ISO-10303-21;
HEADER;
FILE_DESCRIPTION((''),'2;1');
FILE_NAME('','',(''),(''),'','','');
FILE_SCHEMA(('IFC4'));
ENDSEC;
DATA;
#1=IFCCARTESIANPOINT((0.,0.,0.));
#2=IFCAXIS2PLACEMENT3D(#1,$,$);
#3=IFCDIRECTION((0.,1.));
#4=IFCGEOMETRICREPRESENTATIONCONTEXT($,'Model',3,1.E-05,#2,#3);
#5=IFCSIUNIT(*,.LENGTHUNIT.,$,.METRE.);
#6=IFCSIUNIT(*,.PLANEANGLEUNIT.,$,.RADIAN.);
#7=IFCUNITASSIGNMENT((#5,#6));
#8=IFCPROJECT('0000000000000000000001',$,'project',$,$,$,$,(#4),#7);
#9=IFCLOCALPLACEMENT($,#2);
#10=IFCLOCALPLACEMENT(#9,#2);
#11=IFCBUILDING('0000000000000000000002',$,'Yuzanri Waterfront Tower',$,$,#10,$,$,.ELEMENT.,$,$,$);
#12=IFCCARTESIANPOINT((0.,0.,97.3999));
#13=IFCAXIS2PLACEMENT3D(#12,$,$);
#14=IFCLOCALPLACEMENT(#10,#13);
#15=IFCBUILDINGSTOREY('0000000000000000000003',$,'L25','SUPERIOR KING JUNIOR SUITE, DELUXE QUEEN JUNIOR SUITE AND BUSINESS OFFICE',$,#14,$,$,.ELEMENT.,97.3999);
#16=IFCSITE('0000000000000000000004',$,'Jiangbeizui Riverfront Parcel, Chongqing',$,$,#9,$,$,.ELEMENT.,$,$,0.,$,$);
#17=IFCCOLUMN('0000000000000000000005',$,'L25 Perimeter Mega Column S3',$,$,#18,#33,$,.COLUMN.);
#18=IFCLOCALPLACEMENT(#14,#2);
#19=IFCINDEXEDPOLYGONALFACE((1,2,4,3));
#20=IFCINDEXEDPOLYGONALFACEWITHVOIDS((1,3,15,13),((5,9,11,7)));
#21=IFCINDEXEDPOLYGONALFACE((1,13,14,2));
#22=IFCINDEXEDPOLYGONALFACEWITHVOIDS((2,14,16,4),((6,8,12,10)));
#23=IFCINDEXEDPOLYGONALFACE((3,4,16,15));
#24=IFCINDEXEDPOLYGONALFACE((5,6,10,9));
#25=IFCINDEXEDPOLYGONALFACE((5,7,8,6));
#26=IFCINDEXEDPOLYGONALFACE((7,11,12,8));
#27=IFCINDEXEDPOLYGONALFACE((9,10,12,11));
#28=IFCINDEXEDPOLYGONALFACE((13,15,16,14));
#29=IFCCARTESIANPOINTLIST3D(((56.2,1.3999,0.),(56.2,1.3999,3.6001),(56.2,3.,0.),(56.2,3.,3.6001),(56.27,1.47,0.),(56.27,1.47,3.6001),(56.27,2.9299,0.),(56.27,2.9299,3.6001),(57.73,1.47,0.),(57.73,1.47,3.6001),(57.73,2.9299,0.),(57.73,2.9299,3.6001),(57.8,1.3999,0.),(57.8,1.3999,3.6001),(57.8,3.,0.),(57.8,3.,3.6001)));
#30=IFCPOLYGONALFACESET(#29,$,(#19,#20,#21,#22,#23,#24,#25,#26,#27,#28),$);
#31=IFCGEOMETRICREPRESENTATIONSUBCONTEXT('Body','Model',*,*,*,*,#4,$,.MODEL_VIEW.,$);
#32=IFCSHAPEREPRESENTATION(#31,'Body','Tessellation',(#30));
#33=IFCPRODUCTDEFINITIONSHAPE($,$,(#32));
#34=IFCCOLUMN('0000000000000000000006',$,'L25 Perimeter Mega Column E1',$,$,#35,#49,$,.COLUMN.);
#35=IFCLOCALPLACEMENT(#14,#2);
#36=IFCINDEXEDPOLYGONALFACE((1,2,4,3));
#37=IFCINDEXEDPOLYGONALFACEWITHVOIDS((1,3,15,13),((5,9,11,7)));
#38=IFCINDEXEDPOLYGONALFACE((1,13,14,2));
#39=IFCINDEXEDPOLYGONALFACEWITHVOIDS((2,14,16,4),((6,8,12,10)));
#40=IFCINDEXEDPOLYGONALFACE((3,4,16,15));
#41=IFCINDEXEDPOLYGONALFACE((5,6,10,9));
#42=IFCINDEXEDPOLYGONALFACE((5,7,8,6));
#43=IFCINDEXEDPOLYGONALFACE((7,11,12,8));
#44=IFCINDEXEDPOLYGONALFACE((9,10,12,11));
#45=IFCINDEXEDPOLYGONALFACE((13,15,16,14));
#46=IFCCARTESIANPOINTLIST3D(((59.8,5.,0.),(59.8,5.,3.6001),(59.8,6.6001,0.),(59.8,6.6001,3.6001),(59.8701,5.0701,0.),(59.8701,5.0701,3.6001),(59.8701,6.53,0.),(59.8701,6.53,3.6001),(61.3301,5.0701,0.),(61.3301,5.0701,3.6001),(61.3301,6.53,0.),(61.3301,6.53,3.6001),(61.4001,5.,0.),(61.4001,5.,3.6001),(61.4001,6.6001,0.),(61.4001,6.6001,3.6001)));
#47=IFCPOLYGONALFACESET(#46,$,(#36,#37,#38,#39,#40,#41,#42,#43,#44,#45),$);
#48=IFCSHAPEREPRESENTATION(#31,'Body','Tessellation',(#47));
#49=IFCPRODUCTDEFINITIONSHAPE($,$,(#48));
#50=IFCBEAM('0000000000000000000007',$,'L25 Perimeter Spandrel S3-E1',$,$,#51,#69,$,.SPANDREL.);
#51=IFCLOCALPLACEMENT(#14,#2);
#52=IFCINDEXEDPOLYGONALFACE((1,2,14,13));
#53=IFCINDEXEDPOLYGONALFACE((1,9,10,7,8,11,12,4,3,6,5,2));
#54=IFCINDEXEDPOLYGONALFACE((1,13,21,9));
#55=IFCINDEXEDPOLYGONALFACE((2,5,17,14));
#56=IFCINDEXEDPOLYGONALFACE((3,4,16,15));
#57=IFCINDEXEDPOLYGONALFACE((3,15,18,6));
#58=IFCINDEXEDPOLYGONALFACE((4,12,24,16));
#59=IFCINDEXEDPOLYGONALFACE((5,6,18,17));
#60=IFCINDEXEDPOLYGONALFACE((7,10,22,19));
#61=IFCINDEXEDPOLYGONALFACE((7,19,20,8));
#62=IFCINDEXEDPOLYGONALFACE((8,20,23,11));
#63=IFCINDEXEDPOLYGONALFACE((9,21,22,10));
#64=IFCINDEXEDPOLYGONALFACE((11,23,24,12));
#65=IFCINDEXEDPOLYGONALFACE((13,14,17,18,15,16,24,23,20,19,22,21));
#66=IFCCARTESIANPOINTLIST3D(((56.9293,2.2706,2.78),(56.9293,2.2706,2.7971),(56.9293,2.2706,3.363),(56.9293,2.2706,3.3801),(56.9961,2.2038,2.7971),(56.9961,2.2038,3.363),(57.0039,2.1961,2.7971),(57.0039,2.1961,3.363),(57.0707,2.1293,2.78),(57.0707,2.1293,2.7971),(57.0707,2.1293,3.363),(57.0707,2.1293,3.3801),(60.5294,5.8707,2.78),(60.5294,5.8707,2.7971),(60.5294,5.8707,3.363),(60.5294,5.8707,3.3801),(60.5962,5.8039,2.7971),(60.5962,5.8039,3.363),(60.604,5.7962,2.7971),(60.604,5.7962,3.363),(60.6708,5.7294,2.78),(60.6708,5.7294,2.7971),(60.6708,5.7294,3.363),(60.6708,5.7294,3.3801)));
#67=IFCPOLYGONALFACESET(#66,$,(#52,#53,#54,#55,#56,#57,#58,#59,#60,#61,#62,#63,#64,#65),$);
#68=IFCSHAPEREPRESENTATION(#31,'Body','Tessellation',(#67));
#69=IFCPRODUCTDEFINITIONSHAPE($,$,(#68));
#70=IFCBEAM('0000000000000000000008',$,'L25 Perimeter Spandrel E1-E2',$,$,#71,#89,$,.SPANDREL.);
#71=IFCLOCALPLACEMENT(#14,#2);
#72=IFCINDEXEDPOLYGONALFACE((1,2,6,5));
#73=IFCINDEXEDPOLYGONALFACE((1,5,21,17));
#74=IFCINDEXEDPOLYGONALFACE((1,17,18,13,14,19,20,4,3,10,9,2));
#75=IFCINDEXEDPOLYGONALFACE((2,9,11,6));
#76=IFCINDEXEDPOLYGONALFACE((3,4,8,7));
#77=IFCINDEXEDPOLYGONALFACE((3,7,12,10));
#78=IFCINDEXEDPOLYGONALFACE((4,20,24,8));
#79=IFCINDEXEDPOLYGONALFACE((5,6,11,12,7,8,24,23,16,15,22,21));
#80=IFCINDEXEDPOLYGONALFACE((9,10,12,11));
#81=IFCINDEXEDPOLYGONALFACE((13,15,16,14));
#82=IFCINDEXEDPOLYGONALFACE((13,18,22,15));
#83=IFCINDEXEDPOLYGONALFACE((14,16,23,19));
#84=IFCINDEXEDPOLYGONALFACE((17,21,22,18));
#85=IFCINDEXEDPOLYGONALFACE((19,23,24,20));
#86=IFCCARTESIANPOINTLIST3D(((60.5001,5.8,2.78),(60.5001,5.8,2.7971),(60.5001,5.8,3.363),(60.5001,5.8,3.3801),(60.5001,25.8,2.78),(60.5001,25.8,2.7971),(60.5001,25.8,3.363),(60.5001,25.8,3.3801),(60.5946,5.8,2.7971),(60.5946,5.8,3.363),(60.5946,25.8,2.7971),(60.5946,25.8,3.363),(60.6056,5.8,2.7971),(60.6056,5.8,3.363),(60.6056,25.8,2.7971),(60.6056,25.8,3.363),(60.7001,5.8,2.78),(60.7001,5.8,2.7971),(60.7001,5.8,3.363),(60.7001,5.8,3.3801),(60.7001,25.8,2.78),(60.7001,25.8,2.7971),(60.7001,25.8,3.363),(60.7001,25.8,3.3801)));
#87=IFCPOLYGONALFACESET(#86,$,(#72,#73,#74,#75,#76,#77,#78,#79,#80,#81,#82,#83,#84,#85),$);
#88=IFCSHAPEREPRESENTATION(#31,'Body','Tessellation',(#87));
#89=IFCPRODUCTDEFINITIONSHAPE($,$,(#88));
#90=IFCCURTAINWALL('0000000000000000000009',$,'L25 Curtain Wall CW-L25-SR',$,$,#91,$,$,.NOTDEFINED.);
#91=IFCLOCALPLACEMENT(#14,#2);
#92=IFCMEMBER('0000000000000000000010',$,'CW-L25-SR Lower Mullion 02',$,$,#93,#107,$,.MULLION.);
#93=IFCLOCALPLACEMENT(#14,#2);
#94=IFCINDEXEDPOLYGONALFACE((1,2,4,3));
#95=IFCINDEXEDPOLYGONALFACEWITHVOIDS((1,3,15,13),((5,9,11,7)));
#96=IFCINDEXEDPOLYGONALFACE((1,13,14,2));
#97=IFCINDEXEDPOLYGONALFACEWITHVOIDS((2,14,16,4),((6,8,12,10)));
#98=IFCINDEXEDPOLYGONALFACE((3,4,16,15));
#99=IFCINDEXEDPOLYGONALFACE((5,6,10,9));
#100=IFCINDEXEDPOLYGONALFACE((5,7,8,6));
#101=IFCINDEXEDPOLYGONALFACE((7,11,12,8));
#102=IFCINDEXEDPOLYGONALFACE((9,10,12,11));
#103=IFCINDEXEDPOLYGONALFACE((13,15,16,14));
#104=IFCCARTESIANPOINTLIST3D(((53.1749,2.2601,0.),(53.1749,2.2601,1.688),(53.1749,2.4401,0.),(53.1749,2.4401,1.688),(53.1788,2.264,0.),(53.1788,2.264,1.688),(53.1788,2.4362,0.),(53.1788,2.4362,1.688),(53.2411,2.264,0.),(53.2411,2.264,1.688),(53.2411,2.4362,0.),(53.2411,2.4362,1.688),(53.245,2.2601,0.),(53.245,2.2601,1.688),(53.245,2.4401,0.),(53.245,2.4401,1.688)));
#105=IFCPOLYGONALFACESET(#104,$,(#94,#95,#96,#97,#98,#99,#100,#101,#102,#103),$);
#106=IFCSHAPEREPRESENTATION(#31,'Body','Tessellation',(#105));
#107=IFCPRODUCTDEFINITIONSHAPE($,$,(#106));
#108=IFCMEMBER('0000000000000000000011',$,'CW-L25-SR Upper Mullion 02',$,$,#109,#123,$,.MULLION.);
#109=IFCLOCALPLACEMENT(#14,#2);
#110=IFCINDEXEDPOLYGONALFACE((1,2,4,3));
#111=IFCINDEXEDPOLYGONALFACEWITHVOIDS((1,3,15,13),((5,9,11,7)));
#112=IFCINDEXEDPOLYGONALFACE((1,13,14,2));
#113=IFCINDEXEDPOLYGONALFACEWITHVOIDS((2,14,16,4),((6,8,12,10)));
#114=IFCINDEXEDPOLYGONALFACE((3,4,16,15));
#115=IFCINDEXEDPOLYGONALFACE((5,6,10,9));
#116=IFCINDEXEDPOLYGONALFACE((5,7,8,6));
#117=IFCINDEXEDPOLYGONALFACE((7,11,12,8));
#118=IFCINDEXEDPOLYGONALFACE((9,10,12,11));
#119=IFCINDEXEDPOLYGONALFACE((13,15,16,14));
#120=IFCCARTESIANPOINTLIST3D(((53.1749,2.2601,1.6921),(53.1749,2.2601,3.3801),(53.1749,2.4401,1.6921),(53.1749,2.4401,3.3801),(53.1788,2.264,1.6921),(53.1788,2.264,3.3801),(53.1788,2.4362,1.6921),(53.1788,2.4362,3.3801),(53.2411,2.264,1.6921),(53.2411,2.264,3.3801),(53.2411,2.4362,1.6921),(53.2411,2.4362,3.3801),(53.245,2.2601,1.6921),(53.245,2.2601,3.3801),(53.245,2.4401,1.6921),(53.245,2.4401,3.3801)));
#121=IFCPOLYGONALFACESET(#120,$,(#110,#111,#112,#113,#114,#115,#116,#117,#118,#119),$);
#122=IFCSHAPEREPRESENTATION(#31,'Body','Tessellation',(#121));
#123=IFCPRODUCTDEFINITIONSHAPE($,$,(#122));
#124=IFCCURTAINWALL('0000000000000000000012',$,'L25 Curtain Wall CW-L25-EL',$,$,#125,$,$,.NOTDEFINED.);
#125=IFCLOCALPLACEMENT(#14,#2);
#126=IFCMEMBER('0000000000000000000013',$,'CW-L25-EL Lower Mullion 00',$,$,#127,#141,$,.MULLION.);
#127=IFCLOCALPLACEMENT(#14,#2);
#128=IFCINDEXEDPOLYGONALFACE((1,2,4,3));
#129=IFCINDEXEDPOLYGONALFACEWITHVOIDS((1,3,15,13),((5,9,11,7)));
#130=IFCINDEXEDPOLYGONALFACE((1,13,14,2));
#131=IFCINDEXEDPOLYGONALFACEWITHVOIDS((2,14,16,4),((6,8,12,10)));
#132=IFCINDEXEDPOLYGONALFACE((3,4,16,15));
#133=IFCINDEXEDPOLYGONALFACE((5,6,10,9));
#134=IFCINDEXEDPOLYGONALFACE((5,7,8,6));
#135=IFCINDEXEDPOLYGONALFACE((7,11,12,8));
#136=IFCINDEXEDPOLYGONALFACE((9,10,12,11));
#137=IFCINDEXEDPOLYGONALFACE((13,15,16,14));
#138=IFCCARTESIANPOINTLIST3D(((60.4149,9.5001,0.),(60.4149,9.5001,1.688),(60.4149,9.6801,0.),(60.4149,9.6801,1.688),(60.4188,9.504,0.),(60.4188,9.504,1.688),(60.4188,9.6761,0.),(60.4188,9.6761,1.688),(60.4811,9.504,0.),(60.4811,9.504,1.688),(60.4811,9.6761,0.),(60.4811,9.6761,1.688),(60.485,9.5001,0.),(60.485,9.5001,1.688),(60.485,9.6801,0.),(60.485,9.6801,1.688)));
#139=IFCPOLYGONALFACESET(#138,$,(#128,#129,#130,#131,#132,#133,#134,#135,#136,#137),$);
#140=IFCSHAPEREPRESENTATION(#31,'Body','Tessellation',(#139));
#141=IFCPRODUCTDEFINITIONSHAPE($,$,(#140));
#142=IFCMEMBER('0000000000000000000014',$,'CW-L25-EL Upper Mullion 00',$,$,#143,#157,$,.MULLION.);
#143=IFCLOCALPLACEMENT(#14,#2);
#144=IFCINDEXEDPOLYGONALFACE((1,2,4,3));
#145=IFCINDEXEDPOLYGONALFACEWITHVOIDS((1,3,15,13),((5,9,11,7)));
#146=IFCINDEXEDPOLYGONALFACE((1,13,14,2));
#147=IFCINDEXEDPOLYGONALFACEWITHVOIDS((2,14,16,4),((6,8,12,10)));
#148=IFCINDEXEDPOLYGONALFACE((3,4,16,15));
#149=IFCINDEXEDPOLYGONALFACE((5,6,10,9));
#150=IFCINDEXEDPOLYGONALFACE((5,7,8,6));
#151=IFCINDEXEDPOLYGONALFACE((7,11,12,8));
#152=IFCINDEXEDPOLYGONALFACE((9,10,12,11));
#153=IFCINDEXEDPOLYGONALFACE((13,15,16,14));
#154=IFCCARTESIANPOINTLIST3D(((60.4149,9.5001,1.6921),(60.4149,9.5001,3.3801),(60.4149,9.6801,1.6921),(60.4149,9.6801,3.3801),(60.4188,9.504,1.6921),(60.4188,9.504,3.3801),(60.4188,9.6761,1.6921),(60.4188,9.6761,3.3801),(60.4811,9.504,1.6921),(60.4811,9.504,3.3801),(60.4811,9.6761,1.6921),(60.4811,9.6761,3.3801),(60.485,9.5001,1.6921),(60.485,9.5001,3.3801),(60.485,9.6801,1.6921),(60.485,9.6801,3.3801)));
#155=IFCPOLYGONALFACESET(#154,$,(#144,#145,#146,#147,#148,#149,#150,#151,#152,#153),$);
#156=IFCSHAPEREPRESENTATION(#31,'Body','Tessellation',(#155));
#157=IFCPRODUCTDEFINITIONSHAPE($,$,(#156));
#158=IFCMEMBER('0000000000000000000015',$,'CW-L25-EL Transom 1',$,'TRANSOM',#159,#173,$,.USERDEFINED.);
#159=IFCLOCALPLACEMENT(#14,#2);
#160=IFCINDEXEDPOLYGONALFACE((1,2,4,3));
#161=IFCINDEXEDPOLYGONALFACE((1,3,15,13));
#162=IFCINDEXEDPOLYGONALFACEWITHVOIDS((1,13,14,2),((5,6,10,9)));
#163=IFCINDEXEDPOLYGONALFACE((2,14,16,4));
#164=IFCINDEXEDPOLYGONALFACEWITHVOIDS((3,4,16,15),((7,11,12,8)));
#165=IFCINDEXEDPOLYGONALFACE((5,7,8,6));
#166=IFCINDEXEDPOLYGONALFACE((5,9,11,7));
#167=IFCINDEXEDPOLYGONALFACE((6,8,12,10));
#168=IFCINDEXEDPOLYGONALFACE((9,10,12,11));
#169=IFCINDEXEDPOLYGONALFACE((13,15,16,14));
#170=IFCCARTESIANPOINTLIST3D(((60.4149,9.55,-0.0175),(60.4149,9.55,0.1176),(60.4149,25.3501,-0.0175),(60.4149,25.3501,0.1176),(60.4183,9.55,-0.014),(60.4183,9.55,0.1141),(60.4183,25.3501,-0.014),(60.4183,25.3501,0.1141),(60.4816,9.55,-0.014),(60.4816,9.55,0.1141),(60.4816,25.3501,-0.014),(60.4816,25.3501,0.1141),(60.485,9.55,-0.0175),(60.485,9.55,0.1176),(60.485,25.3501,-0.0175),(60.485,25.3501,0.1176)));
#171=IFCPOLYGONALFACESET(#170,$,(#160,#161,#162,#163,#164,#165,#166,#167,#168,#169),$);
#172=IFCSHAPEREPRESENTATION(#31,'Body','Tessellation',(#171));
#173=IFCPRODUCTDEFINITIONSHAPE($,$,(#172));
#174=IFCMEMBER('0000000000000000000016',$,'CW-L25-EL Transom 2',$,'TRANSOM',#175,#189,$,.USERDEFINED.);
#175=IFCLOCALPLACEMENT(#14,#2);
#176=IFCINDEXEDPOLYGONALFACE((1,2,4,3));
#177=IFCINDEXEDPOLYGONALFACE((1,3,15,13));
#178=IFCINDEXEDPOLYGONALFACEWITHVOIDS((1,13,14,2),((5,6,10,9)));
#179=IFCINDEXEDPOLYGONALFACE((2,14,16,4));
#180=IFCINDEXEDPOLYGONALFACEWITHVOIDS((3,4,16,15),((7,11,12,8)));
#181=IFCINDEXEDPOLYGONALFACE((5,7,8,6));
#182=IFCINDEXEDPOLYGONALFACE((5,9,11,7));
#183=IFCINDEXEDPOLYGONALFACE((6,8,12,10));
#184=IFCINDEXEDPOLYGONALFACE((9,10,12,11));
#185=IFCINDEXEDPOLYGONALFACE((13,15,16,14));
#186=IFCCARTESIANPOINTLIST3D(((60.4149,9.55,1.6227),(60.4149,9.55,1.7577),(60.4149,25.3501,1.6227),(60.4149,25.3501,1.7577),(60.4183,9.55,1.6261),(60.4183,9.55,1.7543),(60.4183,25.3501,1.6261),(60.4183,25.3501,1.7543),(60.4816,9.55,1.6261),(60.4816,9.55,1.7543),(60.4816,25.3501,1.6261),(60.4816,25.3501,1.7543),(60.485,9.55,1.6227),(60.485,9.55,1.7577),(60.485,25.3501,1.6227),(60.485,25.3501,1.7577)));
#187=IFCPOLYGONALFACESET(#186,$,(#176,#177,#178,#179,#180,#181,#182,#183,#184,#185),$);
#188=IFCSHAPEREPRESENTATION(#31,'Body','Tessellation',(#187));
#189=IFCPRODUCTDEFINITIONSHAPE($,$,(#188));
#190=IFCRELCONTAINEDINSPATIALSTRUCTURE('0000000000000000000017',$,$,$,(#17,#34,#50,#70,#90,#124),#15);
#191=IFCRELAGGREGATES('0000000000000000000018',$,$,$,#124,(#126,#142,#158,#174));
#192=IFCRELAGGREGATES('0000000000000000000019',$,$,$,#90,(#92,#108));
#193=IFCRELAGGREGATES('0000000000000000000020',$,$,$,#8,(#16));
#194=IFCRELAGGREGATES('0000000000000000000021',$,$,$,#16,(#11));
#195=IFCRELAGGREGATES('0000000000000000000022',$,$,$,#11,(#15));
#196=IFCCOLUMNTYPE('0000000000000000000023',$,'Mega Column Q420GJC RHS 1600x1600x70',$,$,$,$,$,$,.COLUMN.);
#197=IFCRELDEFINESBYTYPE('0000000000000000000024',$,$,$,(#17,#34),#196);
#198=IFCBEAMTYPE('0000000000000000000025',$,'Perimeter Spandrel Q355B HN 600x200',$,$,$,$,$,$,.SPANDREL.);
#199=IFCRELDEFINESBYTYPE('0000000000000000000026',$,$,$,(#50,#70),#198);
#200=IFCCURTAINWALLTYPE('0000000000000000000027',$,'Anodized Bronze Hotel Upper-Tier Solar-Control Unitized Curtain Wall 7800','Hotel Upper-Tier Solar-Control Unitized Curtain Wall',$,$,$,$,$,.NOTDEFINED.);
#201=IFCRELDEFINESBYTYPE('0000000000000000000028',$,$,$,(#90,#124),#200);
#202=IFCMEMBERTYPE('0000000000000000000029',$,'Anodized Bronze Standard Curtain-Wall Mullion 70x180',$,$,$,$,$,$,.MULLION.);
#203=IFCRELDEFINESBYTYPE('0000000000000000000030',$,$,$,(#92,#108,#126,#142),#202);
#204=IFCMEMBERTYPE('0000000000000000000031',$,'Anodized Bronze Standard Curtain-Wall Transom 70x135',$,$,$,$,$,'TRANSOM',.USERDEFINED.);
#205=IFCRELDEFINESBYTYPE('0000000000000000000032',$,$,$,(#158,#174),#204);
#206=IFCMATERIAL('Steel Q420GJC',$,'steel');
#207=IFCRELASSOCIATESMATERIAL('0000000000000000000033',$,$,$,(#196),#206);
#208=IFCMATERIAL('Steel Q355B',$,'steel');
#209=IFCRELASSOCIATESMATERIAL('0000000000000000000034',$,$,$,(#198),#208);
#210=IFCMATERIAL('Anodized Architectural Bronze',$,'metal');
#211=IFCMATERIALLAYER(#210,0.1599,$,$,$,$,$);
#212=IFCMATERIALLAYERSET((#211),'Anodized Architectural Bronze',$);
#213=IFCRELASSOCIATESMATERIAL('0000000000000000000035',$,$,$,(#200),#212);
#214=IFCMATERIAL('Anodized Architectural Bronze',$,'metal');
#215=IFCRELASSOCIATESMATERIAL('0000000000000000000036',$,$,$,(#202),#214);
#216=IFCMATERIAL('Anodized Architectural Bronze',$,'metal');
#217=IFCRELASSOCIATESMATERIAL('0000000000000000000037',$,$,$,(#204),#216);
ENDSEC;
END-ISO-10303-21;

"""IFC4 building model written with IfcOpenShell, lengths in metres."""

from ifc_helpers import new_model, si_unit, direction, frame, origin, origin_2d, place, context, subcontext, project, spatial, hollow_rectangle, i_section, extrude, source, transform, mapped, material, layer, layer_set, material_profile, profile_set, type_object, element, aggregate, save


model = new_model("IFC4")

# Units and contexts
model_context = context("Model", 3, precision=1e-05, world=origin(), true_north=direction((0.0, 1.0)))
body_context = subcontext(model_context, "Body", "Model", "MODEL_VIEW")
ifc_project = project(units=[si_unit("LENGTHUNIT", "METRE"), si_unit("PLANEANGLEUNIT", "RADIAN")], contexts=[model_context])

# Site, building, storey
site_placement = place(None, origin())
site = spatial("IfcSite", under=ifc_project, at=site_placement, Name="Jiangbeizui Riverfront Parcel, Chongqing", CompositionType="ELEMENT", RefElevation=0.0)
building_placement = place(site_placement, origin())
building = spatial("IfcBuilding", under=site, at=building_placement, Name="Yuzanri Waterfront Tower", CompositionType="ELEMENT")
storey_placement = place(building_placement, frame((0.0, 0.0, 97.3999)))
storey = spatial("IfcBuildingStorey", under=building, at=storey_placement, Name="L25", Description="SUPERIOR KING JUNIOR SUITE, DELUXE QUEEN JUNIOR SUITE AND BUSINESS OFFICE", CompositionType="ELEMENT", Elevation=97.3999)

# Columns
ifc_material_1 = material(Name="Steel Q420GJC", Category="steel")
ifc_material_profile_1 = material_profile(ifc_material_1, hollow_rectangle(XDim=1.6001, YDim=1.6001, WallThickness=0.0701, at=origin_2d()), Name="RHS 1600x1600x70")
ifc_profile_set_1 = profile_set([ifc_material_profile_1], Name="Steel Q420GJC")
column_type = type_object("IfcColumnType", Name="Mega Column Q420GJC RHS 1600x1600x70", PredefinedType="COLUMN", material=ifc_profile_set_1)
shared_shape_1 = source(origin(), body_context, "Body", "SweptSolid", [
    extrude(hollow_rectangle(XDim=1.6001, YDim=1.6001, WallThickness=0.0701, at=origin_2d()), origin(), (0.0, 0.0, 1.0), 3.6001),
])
for number, where, z_axis, x_axis, name in (
    (1, (57.0, 2.2, 0.0), (0.0, 0.0, 1.0), (1.0, 0.0, 0.0), "L25 Perimeter Mega Column S3"),
    (2, (60.6001, 5.8, 0.0), (0.0, 0.0, 1.0), (1.0, 0.0, 0.0), "L25 Perimeter Mega Column E1"),
):
    element("IfcColumn", number, at=place(storey_placement, frame(where, z_axis=z_axis, x_axis=x_axis)), inside=storey, type_object=column_type, Name=name, PredefinedType="COLUMN", context=body_context, shape_type="MappedRepresentation", body=[
        mapped(shared_shape_1, transform((0.0, 0.0, 0.0), scale=1.0)),
    ])

# Beams
ifc_material_2 = material(Name="Steel Q355B", Category="steel")
ifc_material_profile_2 = material_profile(ifc_material_2, i_section(OverallWidth=0.2, OverallDepth=0.6001, WebThickness=0.011, FlangeThickness=0.0171, at=origin_2d()), Name="HN 600x200x11x17")
ifc_profile_set_2 = profile_set([ifc_material_profile_2], Name="Steel Q355B")
beam_type = type_object("IfcBeamType", Name="Perimeter Spandrel Q355B HN 600x200", PredefinedType="SPANDREL", material=ifc_profile_set_2)
shared_shape_2 = source(origin(), body_context, "Body", "SweptSolid", [
    extrude(i_section(OverallWidth=0.2, OverallDepth=0.6001, WebThickness=0.011, FlangeThickness=0.0171, at=origin_2d()), origin(), (0.0, 0.0, 1.0), 5.0913),
])
beam_1_placement = place(storey_placement, frame((57.0, 2.2, 3.0801), z_axis=(0.707107, 0.707107, 0.0), x_axis=(-0.707107, 0.707107, 0.0)))
element("IfcBeam", 3, at=beam_1_placement, inside=storey, type_object=beam_type, Name="L25 Perimeter Spandrel S3-E1", PredefinedType="SPANDREL", context=body_context, shape_type="MappedRepresentation", body=[
    mapped(shared_shape_2, transform((0.0, 0.0, 0.0), scale=1.0)),
])
shared_shape_3 = source(origin(), body_context, "Body", "SweptSolid", [
    extrude(i_section(OverallWidth=0.2, OverallDepth=0.6001, WebThickness=0.011, FlangeThickness=0.0171, at=origin_2d()), origin(), (0.0, 0.0, 1.0), 20.0),
])
beam_2_placement = place(storey_placement, frame((60.6001, 5.8, 3.0801), z_axis=(0.0, 1.0, 0.0), x_axis=(-1.0, 0.0, 0.0)))
element("IfcBeam", 4, at=beam_2_placement, inside=storey, type_object=beam_type, Name="L25 Perimeter Spandrel E1-E2", PredefinedType="SPANDREL", context=body_context, shape_type="MappedRepresentation", body=[
    mapped(shared_shape_3, transform((0.0, 0.0, 0.0), scale=1.0)),
])

# Curtain walls, members
ifc_material_3 = material(Name="Anodized Architectural Bronze", Category="metal")
ifc_layer_1 = layer(ifc_material_3, 0.1599)
ifc_layer_set_1 = layer_set([ifc_layer_1], Name="Anodized Architectural Bronze")
curtain_wall_type = type_object("IfcCurtainWallType", Name="Anodized Bronze Hotel Upper-Tier Solar-Control Unitized Curtain Wall 7800", Description="Hotel Upper-Tier Solar-Control Unitized Curtain Wall", PredefinedType="NOTDEFINED", material=ifc_layer_set_1)
curtain_wall_1_placement = place(storey_placement, origin())
curtain_wall_1 = element("IfcCurtainWall", 5, at=curtain_wall_1_placement, inside=storey, type_object=curtain_wall_type, Name="L25 Curtain Wall CW-L25-SR", PredefinedType="NOTDEFINED")
ifc_material_4 = material(Name="Anodized Architectural Bronze", Category="metal")
ifc_material_profile_3 = material_profile(ifc_material_4, hollow_rectangle(XDim=0.0701, YDim=0.1799, WallThickness=0.0039, at=origin_2d()), Name="CWM 70x180")
ifc_profile_set_3 = profile_set([ifc_material_profile_3], Name="Anodized Architectural Bronze")
member_type_1 = type_object("IfcMemberType", Name="Anodized Bronze Standard Curtain-Wall Mullion 70x180", PredefinedType="MULLION", material=ifc_profile_set_3)
shared_shape_4 = source(origin(), body_context, "Body", "SweptSolid", [
    extrude(hollow_rectangle(XDim=0.0701, YDim=0.1799, WallThickness=0.0039, at=origin_2d()), origin(), (0.0, 0.0, 1.0), 1.688),
])
member_1_placement = place(storey_placement, frame((53.21, 2.3501, 0.0), z_axis=(0.0, 0.0, 1.0), x_axis=(1.0, 0.0, 0.0)))
member_1 = element("IfcMember", 6, at=member_1_placement, type_object=member_type_1, Name="CW-L25-SR Lower Mullion 02", PredefinedType="MULLION", context=body_context, shape_type="MappedRepresentation", body=[
    mapped(shared_shape_4, transform((0.0, 0.0, 0.0), scale=1.0)),
])
member_2_placement = place(storey_placement, frame((53.21, 2.3501, 1.6921), z_axis=(0.0, 0.0, 1.0), x_axis=(1.0, 0.0, 0.0)))
member_2 = element("IfcMember", 7, at=member_2_placement, type_object=member_type_1, Name="CW-L25-SR Upper Mullion 02", PredefinedType="MULLION", context=body_context, shape_type="MappedRepresentation", body=[
    mapped(shared_shape_4, transform((0.0, 0.0, 0.0), scale=1.0)),
])
curtain_wall_2_placement = place(storey_placement, origin())
curtain_wall_2 = element("IfcCurtainWall", 8, at=curtain_wall_2_placement, inside=storey, type_object=curtain_wall_type, Name="L25 Curtain Wall CW-L25-EL", PredefinedType="NOTDEFINED")
member_3_placement = place(storey_placement, frame((60.45, 9.5901, 0.0), z_axis=(0.0, 0.0, 1.0), x_axis=(1.0, 0.0, 0.0)))
member_3 = element("IfcMember", 9, at=member_3_placement, type_object=member_type_1, Name="CW-L25-EL Lower Mullion 00", PredefinedType="MULLION", context=body_context, shape_type="MappedRepresentation", body=[
    mapped(shared_shape_4, transform((0.0, 0.0, 0.0), scale=1.0)),
])
member_4_placement = place(storey_placement, frame((60.45, 9.5901, 1.6921), z_axis=(0.0, 0.0, 1.0), x_axis=(1.0, 0.0, 0.0)))
member_4 = element("IfcMember", 10, at=member_4_placement, type_object=member_type_1, Name="CW-L25-EL Upper Mullion 00", PredefinedType="MULLION", context=body_context, shape_type="MappedRepresentation", body=[
    mapped(shared_shape_4, transform((0.0, 0.0, 0.0), scale=1.0)),
])
ifc_material_5 = material(Name="Anodized Architectural Bronze", Category="metal")
ifc_material_profile_4 = material_profile(ifc_material_5, hollow_rectangle(XDim=0.0701, YDim=0.135, WallThickness=0.0034, at=origin_2d()), Name="CWT 70x135")
ifc_profile_set_4 = profile_set([ifc_material_profile_4], Name="Anodized Architectural Bronze")
member_type_2 = type_object("IfcMemberType", Name="Anodized Bronze Standard Curtain-Wall Transom 70x135", ElementType="TRANSOM", PredefinedType="USERDEFINED", material=ifc_profile_set_4)
shared_shape_5 = source(origin(), body_context, "Body", "SweptSolid", [
    extrude(hollow_rectangle(XDim=0.0701, YDim=0.135, WallThickness=0.0034, at=origin_2d()), origin(), (0.0, 0.0, 1.0), 15.8),
])
member_5_placement = place(storey_placement, frame((60.45, 9.55, 0.05), z_axis=(0.0, 1.0, 0.0), x_axis=(-1.0, 0.0, 0.0)))
member_5 = element("IfcMember", 11, at=member_5_placement, type_object=member_type_2, Name="CW-L25-EL Transom 1", ObjectType="TRANSOM", PredefinedType="USERDEFINED", context=body_context, shape_type="MappedRepresentation", body=[
    mapped(shared_shape_5, transform((0.0, 0.0, 0.0), scale=1.0)),
])
member_6_placement = place(storey_placement, frame((60.45, 9.55, 1.6902), z_axis=(0.0, 1.0, 0.0), x_axis=(-1.0, 0.0, 0.0)))
member_6 = element("IfcMember", 12, at=member_6_placement, type_object=member_type_2, Name="CW-L25-EL Transom 2", ObjectType="TRANSOM", PredefinedType="USERDEFINED", context=body_context, shape_type="MappedRepresentation", body=[
    mapped(shared_shape_5, transform((0.0, 0.0, 0.0), scale=1.0)),
])
aggregate(curtain_wall_2, [member_3, member_4, member_5, member_6])

aggregate(curtain_wall_1, [member_1, member_2])

save(model, "model.ifc")
